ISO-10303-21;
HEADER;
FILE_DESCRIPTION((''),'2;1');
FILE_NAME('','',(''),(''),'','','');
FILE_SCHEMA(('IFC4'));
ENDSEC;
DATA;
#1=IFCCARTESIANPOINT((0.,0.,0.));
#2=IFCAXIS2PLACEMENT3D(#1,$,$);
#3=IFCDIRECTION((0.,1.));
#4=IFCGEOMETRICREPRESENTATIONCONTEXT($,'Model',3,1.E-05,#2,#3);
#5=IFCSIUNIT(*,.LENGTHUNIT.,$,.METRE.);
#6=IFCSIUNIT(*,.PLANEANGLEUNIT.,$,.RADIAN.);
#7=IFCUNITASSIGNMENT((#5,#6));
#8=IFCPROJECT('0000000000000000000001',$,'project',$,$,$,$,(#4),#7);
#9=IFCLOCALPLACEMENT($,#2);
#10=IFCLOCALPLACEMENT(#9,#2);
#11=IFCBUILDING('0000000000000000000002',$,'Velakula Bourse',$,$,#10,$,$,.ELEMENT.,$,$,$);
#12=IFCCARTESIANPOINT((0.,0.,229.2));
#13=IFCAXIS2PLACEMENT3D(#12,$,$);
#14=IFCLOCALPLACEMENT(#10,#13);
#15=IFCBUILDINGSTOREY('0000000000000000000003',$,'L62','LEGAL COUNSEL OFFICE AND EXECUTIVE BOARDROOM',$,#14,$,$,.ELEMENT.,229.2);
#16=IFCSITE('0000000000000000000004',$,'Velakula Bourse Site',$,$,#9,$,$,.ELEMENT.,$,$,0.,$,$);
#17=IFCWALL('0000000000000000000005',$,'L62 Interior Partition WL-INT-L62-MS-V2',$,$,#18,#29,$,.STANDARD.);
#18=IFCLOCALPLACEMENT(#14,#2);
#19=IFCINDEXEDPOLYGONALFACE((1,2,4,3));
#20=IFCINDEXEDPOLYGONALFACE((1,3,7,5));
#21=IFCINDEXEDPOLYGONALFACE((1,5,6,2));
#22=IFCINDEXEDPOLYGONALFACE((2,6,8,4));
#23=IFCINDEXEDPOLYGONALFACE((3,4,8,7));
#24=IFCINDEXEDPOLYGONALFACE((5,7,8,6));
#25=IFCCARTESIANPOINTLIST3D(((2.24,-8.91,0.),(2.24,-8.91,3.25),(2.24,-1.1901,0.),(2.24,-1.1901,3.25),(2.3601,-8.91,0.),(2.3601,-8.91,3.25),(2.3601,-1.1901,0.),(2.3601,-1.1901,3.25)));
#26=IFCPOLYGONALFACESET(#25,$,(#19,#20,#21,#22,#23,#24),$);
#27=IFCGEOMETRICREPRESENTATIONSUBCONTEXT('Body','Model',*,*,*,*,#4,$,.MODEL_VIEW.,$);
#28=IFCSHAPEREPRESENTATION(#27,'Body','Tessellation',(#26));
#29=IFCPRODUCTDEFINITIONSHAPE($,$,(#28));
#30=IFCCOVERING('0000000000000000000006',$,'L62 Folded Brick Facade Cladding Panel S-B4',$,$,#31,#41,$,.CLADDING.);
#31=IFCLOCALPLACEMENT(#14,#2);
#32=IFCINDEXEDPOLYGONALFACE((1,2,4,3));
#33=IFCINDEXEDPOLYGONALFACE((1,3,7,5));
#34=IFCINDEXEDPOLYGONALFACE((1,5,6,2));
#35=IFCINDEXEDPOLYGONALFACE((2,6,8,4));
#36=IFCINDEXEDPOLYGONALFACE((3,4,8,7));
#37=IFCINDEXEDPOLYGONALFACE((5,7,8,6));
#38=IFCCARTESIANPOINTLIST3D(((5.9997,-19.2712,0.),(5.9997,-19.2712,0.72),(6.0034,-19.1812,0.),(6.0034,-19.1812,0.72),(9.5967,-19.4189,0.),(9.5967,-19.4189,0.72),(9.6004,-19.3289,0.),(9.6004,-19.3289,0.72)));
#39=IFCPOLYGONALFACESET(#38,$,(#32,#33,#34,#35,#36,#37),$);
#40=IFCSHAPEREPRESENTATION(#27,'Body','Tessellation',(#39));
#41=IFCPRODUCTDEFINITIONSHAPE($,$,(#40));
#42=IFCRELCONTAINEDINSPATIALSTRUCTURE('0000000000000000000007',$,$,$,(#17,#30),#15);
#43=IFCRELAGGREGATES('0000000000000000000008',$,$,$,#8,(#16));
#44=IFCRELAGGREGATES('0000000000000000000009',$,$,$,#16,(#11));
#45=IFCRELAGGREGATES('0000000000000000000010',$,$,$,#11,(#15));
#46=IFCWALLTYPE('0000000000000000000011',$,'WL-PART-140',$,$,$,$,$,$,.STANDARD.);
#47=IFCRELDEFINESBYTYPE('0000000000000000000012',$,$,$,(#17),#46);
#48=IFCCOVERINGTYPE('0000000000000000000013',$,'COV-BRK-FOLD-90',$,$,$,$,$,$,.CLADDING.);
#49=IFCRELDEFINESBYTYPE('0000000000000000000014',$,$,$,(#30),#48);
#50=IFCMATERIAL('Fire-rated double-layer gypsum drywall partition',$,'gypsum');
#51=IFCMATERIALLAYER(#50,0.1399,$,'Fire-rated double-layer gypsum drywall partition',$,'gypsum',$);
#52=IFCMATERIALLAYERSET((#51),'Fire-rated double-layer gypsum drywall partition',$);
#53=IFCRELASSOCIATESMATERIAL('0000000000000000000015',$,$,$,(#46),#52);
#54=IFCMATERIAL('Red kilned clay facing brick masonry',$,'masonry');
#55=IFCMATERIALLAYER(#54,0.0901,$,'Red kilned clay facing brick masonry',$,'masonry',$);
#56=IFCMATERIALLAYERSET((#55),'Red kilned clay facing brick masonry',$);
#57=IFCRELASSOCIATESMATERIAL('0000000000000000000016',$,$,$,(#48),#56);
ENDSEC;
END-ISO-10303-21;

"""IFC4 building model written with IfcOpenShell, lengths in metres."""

from ifc_helpers import new_model, si_unit, direction, frame, frame_2d, origin, origin_2d, place, context, subcontext, project, spatial, rectangle, extrude, material, layer, layer_set, type_object, element, save


model = new_model("IFC4")

# Units and contexts
model_context = context("Model", 3, precision=1e-05, world=origin(), true_north=direction((0.0, 1.0)))
body_context = subcontext(model_context, "Body", "Model", "MODEL_VIEW")
ifc_project = project(units=[si_unit("LENGTHUNIT", "METRE"), si_unit("PLANEANGLEUNIT", "RADIAN")], contexts=[model_context])

# Site, building, storey
site_placement = place(None, origin())
site = spatial("IfcSite", under=ifc_project, at=site_placement, Name="Velakula Bourse Site", CompositionType="ELEMENT", RefElevation=0.0)
building_placement = place(site_placement, origin())
building = spatial("IfcBuilding", under=site, at=building_placement, Name="Velakula Bourse", CompositionType="ELEMENT")
storey_placement = place(building_placement, frame((0.0, 0.0, 229.2)))
storey = spatial("IfcBuildingStorey", under=building, at=storey_placement, Name="L62", Description="LEGAL COUNSEL OFFICE AND EXECUTIVE BOARDROOM", CompositionType="ELEMENT", Elevation=229.2)

# Wall
ifc_material_1 = material(Name="Fire-rated double-layer gypsum drywall partition", Category="gypsum")
ifc_layer_1 = layer(ifc_material_1, 0.1399, Name="Fire-rated double-layer gypsum drywall partition", Category="gypsum")
ifc_layer_set_1 = layer_set([ifc_layer_1], Name="Fire-rated double-layer gypsum drywall partition")
wall_type_1 = type_object("IfcWallType", Name="WL-PART-140", PredefinedType="STANDARD", material=ifc_layer_set_1)
for number, where, z_axis, x_axis, name in (
    (1, (2.3, -8.9099, 0.0), (0.0, 0.0, 1.0), (0.0, 1.0, 0.0), "L62 Interior Partition WL-INT-L62-MS-V2"),
):
    element("IfcWall", number, at=place(storey_placement, frame(where, z_axis=z_axis, x_axis=x_axis)), inside=storey, type_object=wall_type_1, Name=name, PredefinedType="STANDARD", context=body_context, shape_type="SweptSolid", body=[
        extrude(rectangle(XDim=7.72, YDim=0.1201, at=frame_2d((3.8599, 0.0))), origin(), (0.0, 0.0, 1.0), 3.25),
    ])

# Covering
ifc_material_2 = material(Name="Red kilned clay facing brick masonry", Category="masonry")
ifc_layer_2 = layer(ifc_material_2, 0.0901, Name="Red kilned clay facing brick masonry", Category="masonry")
ifc_layer_set_2 = layer_set([ifc_layer_2], Name="Red kilned clay facing brick masonry")
covering_type = type_object("IfcCoveringType", Name="COV-BRK-FOLD-90", PredefinedType="CLADDING", material=ifc_layer_set_2)
covering_placement = place(storey_placement, frame((7.8, -19.3, 0.0), z_axis=(0.0, 0.0, 1.0), x_axis=(0.999159, -0.041004, 0.0)))
element("IfcCovering", 2, at=covering_placement, inside=storey, type_object=covering_type, Name="L62 Folded Brick Facade Cladding Panel S-B4", PredefinedType="CLADDING", context=body_context, shape_type="SweptSolid", body=[
    extrude(rectangle(XDim=3.6001, YDim=0.0901, at=origin_2d()), origin(), (0.0, 0.0, 1.0), 0.72),
])

save(model, "model.ifc")
